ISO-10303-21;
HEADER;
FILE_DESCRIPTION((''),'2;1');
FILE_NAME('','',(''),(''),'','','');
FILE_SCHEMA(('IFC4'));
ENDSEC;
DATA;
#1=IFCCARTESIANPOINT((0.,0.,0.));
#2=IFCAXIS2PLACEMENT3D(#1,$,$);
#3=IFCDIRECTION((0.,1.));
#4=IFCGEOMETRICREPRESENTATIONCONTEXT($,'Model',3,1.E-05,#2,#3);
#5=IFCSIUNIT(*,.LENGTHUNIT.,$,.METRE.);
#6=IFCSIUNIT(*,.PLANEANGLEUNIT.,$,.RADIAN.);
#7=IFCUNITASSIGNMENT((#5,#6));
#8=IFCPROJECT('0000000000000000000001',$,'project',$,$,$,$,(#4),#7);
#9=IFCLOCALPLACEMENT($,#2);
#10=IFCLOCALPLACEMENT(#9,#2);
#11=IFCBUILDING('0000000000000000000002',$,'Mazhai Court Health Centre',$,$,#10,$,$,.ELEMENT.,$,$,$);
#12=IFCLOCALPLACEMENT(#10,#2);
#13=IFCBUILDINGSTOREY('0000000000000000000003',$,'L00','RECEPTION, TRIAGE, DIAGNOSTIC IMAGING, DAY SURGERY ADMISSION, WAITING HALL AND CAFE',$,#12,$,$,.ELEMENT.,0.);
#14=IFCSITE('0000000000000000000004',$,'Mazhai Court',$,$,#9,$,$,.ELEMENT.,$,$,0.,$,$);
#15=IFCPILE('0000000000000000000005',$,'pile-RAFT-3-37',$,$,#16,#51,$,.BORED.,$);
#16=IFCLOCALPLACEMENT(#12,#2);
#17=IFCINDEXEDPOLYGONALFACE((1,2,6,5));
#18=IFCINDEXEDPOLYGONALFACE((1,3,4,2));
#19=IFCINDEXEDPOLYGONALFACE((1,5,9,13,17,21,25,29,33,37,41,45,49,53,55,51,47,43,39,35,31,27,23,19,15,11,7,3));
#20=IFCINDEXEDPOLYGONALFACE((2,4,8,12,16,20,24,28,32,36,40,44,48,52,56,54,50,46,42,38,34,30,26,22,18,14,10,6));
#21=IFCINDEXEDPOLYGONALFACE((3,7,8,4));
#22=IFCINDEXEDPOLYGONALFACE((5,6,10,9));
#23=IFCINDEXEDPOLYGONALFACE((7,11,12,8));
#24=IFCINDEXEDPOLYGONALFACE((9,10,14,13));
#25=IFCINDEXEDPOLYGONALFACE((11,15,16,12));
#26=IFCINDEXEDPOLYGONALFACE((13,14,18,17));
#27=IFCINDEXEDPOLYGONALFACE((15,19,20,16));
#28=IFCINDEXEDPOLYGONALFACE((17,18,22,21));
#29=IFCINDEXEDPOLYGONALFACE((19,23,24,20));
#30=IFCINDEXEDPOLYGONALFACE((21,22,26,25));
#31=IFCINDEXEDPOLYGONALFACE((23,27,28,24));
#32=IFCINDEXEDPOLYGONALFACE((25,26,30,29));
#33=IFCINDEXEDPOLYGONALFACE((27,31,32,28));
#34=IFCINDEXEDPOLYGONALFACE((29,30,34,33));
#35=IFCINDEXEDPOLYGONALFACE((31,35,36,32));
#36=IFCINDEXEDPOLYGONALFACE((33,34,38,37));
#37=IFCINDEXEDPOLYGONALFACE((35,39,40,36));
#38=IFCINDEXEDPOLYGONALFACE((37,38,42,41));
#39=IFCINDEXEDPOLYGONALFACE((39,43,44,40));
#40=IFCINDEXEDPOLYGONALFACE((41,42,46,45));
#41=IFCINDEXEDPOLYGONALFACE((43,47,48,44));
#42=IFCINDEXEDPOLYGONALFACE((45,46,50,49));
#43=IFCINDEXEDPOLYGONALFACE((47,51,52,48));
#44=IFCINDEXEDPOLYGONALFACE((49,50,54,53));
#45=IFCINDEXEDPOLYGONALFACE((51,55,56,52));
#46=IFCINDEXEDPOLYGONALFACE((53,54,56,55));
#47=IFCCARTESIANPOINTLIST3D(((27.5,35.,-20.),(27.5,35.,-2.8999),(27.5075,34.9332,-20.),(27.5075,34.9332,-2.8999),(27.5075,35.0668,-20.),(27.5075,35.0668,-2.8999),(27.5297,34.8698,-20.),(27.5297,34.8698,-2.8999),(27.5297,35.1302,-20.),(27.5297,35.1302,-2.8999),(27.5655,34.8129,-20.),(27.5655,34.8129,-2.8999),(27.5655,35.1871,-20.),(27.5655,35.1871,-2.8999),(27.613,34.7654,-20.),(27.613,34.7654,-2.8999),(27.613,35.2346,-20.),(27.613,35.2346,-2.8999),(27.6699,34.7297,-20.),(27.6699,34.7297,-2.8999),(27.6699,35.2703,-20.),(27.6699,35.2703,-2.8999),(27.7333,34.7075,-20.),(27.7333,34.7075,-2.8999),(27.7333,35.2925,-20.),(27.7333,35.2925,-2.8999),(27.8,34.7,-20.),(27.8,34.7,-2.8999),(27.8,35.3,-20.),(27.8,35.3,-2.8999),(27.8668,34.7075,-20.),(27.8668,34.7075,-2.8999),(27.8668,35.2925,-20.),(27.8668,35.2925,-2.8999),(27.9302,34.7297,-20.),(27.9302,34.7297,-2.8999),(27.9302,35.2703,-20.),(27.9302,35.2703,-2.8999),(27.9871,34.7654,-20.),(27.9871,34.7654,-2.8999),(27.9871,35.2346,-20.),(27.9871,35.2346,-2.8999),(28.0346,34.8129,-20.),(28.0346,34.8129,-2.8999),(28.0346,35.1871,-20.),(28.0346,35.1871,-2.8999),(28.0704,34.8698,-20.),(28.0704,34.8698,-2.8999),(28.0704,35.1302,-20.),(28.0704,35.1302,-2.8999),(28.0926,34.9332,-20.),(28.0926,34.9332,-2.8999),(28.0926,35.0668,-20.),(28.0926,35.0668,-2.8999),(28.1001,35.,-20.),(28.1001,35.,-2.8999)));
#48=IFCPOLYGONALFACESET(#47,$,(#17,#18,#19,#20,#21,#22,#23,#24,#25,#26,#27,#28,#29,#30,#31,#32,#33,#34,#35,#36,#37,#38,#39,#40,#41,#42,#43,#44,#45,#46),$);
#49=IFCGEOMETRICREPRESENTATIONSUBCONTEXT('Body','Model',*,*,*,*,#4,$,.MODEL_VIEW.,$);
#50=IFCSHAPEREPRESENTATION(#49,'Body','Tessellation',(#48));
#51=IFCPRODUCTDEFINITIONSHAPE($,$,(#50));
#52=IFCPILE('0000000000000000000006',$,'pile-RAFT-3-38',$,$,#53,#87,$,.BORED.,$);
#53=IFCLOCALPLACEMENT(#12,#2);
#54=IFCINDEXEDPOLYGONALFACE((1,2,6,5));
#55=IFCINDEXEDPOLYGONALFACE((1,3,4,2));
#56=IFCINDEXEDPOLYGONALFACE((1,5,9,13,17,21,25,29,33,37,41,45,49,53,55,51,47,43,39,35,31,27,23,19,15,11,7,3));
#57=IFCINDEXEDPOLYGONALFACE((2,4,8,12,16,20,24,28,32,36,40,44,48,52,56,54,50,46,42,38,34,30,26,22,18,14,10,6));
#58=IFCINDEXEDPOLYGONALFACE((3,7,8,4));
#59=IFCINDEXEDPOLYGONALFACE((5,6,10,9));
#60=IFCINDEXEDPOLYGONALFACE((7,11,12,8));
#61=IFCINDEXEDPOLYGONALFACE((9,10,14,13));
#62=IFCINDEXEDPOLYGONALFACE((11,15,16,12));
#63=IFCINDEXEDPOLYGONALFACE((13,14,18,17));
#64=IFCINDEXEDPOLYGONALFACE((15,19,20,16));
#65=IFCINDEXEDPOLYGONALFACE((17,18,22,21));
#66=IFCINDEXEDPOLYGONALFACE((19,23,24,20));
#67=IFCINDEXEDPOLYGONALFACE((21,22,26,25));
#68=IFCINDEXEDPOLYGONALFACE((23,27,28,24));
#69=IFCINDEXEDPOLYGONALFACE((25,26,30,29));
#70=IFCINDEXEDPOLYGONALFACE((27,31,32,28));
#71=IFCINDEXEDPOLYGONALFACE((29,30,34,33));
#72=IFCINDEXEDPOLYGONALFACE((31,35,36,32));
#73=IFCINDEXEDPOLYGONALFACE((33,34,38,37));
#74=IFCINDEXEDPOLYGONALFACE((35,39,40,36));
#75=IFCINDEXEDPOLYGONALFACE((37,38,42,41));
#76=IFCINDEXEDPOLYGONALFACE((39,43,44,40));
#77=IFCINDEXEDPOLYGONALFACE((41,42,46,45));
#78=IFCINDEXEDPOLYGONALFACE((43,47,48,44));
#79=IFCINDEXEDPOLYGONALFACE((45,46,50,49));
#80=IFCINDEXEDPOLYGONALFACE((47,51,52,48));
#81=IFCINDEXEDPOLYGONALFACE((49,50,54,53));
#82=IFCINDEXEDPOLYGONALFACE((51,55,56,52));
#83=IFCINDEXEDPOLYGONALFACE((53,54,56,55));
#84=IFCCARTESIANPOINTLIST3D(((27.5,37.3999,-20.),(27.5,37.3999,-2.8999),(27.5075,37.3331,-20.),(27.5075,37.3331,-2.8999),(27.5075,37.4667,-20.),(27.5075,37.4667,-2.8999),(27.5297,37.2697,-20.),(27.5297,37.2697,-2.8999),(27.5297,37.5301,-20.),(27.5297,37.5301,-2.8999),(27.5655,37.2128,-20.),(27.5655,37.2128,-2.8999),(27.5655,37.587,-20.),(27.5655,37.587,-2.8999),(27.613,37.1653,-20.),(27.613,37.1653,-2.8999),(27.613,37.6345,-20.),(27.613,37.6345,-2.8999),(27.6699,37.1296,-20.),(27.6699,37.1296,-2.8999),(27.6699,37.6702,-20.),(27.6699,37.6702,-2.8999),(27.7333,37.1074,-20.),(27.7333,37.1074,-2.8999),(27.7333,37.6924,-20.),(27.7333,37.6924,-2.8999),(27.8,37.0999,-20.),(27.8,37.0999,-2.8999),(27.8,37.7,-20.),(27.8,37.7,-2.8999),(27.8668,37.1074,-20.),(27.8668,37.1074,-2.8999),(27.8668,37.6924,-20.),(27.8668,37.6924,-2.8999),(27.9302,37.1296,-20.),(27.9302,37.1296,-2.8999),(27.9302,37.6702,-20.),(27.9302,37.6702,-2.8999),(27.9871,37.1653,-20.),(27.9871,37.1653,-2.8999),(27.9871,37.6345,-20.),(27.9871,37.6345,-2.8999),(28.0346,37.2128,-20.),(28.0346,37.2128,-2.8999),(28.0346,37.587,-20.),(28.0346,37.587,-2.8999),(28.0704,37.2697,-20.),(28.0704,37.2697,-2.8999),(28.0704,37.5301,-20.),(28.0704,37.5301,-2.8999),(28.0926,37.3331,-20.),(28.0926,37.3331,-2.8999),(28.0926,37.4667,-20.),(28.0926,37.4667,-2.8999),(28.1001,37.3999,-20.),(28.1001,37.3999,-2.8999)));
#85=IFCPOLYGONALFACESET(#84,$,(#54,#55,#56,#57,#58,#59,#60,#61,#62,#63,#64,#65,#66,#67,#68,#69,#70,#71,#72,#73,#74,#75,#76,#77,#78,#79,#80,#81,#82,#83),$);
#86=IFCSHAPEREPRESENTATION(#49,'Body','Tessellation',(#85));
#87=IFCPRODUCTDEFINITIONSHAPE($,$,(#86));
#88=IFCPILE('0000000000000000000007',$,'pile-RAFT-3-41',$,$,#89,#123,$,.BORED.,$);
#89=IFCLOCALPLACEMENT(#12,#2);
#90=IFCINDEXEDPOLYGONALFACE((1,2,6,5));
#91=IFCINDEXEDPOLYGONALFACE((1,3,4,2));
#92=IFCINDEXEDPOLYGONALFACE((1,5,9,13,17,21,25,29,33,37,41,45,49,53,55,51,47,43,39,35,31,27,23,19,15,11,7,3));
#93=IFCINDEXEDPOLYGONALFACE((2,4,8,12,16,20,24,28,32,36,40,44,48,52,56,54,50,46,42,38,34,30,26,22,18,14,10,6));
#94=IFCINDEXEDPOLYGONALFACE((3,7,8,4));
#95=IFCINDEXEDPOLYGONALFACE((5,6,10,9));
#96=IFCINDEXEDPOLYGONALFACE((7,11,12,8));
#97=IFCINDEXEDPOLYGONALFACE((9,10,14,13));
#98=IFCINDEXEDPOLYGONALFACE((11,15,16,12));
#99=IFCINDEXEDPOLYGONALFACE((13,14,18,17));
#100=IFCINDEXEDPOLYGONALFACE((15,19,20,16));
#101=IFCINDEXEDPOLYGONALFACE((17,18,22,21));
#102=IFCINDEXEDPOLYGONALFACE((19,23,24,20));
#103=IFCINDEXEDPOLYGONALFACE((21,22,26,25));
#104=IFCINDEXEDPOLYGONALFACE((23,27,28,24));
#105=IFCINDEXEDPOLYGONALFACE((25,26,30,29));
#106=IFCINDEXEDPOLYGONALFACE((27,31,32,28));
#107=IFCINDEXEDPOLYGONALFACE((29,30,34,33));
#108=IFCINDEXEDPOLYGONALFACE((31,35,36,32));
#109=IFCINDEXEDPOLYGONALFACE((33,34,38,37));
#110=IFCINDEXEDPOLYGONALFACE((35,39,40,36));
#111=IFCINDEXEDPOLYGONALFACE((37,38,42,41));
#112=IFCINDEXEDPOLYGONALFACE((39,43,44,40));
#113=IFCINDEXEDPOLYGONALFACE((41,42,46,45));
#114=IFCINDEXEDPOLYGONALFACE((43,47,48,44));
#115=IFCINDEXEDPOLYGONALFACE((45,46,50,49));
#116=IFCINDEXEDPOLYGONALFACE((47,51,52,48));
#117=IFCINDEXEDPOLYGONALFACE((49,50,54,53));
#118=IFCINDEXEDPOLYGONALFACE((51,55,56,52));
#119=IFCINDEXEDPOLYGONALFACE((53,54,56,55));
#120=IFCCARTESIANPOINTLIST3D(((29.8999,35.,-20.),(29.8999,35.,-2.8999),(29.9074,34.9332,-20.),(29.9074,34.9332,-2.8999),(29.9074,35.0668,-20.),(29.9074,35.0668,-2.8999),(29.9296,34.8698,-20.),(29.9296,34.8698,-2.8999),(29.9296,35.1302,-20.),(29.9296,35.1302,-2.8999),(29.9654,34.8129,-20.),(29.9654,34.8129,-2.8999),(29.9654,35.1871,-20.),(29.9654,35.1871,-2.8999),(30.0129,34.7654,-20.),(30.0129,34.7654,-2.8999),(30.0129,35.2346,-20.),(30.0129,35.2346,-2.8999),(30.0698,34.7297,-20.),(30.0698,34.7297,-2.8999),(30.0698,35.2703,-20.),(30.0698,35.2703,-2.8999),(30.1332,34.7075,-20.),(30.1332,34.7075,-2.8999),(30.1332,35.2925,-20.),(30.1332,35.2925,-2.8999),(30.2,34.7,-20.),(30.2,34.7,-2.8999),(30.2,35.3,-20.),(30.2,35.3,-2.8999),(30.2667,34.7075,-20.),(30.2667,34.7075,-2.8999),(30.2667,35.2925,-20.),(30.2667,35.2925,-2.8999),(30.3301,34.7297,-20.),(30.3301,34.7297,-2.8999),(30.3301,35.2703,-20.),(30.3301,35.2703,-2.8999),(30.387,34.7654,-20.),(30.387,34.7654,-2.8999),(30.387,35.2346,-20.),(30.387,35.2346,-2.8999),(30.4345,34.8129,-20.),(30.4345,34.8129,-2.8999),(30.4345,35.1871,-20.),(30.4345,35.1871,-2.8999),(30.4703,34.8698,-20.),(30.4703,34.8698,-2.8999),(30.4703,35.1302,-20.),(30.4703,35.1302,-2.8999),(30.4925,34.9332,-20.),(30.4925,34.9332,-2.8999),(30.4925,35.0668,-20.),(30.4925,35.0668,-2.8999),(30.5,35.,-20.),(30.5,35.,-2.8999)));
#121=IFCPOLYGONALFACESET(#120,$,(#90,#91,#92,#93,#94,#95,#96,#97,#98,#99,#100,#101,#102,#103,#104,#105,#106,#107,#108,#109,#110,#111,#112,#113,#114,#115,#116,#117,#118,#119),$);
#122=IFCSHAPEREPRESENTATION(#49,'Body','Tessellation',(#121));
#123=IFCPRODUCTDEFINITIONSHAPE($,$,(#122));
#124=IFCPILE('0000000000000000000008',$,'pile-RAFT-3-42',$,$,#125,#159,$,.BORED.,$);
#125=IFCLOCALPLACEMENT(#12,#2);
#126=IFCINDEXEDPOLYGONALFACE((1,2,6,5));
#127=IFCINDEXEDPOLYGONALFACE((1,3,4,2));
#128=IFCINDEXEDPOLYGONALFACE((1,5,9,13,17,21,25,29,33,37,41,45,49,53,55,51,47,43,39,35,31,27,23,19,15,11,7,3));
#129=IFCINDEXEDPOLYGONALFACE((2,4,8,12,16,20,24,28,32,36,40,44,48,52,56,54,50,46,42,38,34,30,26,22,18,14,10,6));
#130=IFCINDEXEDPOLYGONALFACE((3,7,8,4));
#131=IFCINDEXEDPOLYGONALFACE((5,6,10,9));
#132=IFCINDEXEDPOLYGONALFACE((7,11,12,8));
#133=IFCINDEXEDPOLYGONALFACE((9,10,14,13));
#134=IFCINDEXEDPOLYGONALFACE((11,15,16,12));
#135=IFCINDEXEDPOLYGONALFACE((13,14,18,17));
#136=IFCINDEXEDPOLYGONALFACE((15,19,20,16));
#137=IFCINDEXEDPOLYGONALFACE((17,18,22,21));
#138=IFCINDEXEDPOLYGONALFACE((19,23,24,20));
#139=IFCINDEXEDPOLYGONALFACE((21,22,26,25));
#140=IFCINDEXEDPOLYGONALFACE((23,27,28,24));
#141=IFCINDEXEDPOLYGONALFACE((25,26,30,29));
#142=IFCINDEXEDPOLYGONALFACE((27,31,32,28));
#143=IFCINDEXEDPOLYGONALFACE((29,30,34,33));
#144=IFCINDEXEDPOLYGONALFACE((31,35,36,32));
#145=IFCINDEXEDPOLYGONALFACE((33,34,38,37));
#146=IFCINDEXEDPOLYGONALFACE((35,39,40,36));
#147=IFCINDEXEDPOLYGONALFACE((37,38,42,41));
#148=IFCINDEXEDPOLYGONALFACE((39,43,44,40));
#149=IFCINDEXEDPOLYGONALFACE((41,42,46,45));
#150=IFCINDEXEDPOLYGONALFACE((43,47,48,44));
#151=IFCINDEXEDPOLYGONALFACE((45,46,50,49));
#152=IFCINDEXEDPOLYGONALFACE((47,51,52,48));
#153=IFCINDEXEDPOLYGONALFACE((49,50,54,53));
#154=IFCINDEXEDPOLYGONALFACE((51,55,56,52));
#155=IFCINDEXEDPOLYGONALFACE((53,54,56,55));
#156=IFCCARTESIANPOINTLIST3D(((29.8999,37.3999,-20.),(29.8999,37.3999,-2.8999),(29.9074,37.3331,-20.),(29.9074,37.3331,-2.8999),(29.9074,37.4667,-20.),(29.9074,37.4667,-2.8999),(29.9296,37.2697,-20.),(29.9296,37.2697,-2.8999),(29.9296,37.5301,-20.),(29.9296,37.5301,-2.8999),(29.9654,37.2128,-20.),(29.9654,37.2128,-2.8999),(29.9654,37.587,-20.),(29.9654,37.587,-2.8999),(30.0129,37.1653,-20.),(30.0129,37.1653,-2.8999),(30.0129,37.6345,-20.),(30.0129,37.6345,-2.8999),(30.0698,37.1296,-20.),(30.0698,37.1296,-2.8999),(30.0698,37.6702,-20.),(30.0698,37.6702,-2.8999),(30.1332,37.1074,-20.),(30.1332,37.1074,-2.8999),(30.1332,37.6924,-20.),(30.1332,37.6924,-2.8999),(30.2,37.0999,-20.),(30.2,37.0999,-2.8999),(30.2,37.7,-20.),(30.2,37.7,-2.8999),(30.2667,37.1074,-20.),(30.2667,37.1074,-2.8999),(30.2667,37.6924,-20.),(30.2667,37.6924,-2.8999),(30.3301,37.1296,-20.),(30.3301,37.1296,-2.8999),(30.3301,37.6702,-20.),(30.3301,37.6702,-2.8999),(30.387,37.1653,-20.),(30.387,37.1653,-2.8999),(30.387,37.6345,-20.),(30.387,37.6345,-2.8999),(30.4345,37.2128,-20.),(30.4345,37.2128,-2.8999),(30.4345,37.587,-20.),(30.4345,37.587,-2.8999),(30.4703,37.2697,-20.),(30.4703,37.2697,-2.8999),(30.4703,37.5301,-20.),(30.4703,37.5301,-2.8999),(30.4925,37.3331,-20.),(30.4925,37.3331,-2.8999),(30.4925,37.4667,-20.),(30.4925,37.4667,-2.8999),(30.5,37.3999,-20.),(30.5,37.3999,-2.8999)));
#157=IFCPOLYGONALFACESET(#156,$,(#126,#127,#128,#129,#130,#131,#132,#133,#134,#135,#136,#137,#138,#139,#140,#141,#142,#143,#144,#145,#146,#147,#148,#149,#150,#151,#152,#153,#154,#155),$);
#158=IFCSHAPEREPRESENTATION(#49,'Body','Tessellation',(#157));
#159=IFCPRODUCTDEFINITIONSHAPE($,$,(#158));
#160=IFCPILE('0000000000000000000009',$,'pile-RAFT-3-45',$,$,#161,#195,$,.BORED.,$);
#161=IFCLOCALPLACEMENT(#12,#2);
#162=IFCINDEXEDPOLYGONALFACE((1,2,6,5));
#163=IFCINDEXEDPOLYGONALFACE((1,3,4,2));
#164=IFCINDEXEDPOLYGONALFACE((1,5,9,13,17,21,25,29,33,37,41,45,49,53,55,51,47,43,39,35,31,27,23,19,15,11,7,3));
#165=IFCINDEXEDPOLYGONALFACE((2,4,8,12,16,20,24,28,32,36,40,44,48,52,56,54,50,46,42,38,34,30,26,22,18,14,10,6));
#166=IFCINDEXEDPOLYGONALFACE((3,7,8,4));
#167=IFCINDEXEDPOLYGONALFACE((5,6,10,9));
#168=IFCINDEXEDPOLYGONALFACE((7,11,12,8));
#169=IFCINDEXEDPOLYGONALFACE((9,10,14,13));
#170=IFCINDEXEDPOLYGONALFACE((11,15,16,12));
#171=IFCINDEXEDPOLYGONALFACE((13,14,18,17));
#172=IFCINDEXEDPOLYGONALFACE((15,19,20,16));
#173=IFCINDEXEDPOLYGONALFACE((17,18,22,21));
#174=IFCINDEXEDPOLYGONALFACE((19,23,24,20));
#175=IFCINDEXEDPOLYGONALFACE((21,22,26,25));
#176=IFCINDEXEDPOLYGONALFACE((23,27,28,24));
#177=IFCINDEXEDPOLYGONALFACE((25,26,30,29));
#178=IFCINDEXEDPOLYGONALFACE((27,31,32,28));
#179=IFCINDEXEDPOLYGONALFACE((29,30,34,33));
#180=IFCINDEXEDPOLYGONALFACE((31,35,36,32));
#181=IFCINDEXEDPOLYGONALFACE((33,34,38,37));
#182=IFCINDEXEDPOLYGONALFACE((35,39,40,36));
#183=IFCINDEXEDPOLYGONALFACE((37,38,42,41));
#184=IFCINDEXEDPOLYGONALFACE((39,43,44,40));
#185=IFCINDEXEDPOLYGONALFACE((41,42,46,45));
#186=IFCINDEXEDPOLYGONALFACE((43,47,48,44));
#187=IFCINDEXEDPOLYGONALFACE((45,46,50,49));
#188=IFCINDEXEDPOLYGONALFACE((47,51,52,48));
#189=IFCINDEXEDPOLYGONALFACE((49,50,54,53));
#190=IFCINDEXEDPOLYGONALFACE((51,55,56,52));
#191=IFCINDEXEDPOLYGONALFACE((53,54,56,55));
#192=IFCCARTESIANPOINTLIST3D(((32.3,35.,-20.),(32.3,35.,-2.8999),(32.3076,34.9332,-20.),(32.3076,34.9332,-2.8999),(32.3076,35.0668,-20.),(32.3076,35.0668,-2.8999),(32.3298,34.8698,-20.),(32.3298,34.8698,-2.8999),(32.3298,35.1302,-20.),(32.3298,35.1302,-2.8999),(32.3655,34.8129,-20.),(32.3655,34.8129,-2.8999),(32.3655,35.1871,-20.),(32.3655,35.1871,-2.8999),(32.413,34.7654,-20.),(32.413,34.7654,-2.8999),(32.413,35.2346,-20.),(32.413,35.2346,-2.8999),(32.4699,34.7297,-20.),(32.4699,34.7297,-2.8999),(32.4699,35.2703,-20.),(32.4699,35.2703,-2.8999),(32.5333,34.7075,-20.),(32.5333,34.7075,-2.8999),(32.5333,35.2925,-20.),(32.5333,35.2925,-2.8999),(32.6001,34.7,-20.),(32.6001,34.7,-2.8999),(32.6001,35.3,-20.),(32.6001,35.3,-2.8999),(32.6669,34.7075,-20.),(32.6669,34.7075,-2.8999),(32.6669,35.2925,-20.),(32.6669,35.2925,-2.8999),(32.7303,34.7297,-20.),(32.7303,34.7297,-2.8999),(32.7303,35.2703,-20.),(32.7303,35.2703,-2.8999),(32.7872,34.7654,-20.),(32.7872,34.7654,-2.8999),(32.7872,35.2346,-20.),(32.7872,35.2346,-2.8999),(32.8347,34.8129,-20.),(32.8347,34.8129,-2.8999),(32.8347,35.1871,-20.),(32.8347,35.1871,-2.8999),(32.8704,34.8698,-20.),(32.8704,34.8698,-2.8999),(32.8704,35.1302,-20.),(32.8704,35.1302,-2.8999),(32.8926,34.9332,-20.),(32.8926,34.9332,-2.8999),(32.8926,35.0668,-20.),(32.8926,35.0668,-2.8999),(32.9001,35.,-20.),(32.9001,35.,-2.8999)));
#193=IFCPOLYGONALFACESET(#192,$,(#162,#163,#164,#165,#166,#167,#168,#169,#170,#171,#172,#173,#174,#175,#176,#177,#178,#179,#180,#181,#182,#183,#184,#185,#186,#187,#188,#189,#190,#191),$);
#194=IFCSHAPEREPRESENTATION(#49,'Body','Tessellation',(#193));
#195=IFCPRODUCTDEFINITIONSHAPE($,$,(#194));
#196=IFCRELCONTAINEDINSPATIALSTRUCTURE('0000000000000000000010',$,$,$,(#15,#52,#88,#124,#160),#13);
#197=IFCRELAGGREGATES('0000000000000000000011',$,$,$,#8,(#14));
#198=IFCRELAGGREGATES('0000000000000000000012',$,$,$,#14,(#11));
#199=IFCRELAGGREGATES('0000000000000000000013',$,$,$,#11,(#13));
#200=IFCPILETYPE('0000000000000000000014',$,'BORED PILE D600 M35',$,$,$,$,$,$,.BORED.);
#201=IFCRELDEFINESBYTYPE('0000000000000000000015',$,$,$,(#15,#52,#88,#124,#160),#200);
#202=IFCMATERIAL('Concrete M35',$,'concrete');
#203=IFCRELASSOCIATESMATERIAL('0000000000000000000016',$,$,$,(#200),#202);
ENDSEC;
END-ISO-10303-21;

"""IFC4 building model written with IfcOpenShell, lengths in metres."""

from ifc_helpers import new_model, si_unit, direction, frame, origin, origin_2d, place, context, subcontext, project, spatial, circle, extrude, material, material_profile, profile_set, type_object, element, save


model = new_model("IFC4")

# Units and contexts
model_context = context("Model", 3, precision=1e-05, world=origin(), true_north=direction((0.0, 1.0)))
body_context = subcontext(model_context, "Body", "Model", "MODEL_VIEW")
ifc_project = project(units=[si_unit("LENGTHUNIT", "METRE"), si_unit("PLANEANGLEUNIT", "RADIAN")], contexts=[model_context])

# Site, building, storey
site_placement = place(None, origin())
site = spatial("IfcSite", under=ifc_project, at=site_placement, Name="Mazhai Court", CompositionType="ELEMENT", RefElevation=0.0)
building_placement = place(site_placement, origin())
building = spatial("IfcBuilding", under=site, at=building_placement, Name="Mazhai Court Health Centre", CompositionType="ELEMENT")
storey_placement = place(building_placement, origin())
storey = spatial("IfcBuildingStorey", under=building, at=storey_placement, Name="L00", Description="RECEPTION, TRIAGE, DIAGNOSTIC IMAGING, DAY SURGERY ADMISSION, WAITING HALL AND CAFE", CompositionType="ELEMENT", Elevation=0.0)

# Piles
ifc_material_1 = material(Name="Concrete M35", Category="concrete")
ifc_material_profile_1 = material_profile(ifc_material_1, circle(Radius=0.3, at=origin_2d()), Name="RC PILE D600")
ifc_profile_set_1 = profile_set([ifc_material_profile_1], Name="Concrete M35")
pile_type = type_object("IfcPileType", Name="BORED PILE D600 M35", PredefinedType="BORED", material=ifc_profile_set_1)
for number, where, z_axis, x_axis, name in (
    (1, (27.8, 35.0, -2.8999), (0.0, 0.0, -1.0), (1.0, 0.0, 0.0), "pile-RAFT-3-37"),
    (2, (27.8, 37.3999, -2.8999), (0.0, 0.0, -1.0), (1.0, 0.0, 0.0), "pile-RAFT-3-38"),
    (3, (30.2, 35.0, -2.8999), (0.0, 0.0, -1.0), (1.0, 0.0, 0.0), "pile-RAFT-3-41"),
    (4, (30.2, 37.3999, -2.8999), (0.0, 0.0, -1.0), (1.0, 0.0, 0.0), "pile-RAFT-3-42"),
    (5, (32.6001, 35.0, -2.8999), (0.0, 0.0, -1.0), (1.0, 0.0, 0.0), "pile-RAFT-3-45"),
):
    element("IfcPile", number, at=place(storey_placement, frame(where, z_axis=z_axis, x_axis=x_axis)), inside=storey, type_object=pile_type, Name=name, PredefinedType="BORED", context=body_context, shape_type="SweptSolid", body=[
        extrude(circle(Radius=0.3, at=origin_2d()), origin(), (0.0, 0.0, 1.0), 17.1001),
    ])

save(model, "model.ifc")
